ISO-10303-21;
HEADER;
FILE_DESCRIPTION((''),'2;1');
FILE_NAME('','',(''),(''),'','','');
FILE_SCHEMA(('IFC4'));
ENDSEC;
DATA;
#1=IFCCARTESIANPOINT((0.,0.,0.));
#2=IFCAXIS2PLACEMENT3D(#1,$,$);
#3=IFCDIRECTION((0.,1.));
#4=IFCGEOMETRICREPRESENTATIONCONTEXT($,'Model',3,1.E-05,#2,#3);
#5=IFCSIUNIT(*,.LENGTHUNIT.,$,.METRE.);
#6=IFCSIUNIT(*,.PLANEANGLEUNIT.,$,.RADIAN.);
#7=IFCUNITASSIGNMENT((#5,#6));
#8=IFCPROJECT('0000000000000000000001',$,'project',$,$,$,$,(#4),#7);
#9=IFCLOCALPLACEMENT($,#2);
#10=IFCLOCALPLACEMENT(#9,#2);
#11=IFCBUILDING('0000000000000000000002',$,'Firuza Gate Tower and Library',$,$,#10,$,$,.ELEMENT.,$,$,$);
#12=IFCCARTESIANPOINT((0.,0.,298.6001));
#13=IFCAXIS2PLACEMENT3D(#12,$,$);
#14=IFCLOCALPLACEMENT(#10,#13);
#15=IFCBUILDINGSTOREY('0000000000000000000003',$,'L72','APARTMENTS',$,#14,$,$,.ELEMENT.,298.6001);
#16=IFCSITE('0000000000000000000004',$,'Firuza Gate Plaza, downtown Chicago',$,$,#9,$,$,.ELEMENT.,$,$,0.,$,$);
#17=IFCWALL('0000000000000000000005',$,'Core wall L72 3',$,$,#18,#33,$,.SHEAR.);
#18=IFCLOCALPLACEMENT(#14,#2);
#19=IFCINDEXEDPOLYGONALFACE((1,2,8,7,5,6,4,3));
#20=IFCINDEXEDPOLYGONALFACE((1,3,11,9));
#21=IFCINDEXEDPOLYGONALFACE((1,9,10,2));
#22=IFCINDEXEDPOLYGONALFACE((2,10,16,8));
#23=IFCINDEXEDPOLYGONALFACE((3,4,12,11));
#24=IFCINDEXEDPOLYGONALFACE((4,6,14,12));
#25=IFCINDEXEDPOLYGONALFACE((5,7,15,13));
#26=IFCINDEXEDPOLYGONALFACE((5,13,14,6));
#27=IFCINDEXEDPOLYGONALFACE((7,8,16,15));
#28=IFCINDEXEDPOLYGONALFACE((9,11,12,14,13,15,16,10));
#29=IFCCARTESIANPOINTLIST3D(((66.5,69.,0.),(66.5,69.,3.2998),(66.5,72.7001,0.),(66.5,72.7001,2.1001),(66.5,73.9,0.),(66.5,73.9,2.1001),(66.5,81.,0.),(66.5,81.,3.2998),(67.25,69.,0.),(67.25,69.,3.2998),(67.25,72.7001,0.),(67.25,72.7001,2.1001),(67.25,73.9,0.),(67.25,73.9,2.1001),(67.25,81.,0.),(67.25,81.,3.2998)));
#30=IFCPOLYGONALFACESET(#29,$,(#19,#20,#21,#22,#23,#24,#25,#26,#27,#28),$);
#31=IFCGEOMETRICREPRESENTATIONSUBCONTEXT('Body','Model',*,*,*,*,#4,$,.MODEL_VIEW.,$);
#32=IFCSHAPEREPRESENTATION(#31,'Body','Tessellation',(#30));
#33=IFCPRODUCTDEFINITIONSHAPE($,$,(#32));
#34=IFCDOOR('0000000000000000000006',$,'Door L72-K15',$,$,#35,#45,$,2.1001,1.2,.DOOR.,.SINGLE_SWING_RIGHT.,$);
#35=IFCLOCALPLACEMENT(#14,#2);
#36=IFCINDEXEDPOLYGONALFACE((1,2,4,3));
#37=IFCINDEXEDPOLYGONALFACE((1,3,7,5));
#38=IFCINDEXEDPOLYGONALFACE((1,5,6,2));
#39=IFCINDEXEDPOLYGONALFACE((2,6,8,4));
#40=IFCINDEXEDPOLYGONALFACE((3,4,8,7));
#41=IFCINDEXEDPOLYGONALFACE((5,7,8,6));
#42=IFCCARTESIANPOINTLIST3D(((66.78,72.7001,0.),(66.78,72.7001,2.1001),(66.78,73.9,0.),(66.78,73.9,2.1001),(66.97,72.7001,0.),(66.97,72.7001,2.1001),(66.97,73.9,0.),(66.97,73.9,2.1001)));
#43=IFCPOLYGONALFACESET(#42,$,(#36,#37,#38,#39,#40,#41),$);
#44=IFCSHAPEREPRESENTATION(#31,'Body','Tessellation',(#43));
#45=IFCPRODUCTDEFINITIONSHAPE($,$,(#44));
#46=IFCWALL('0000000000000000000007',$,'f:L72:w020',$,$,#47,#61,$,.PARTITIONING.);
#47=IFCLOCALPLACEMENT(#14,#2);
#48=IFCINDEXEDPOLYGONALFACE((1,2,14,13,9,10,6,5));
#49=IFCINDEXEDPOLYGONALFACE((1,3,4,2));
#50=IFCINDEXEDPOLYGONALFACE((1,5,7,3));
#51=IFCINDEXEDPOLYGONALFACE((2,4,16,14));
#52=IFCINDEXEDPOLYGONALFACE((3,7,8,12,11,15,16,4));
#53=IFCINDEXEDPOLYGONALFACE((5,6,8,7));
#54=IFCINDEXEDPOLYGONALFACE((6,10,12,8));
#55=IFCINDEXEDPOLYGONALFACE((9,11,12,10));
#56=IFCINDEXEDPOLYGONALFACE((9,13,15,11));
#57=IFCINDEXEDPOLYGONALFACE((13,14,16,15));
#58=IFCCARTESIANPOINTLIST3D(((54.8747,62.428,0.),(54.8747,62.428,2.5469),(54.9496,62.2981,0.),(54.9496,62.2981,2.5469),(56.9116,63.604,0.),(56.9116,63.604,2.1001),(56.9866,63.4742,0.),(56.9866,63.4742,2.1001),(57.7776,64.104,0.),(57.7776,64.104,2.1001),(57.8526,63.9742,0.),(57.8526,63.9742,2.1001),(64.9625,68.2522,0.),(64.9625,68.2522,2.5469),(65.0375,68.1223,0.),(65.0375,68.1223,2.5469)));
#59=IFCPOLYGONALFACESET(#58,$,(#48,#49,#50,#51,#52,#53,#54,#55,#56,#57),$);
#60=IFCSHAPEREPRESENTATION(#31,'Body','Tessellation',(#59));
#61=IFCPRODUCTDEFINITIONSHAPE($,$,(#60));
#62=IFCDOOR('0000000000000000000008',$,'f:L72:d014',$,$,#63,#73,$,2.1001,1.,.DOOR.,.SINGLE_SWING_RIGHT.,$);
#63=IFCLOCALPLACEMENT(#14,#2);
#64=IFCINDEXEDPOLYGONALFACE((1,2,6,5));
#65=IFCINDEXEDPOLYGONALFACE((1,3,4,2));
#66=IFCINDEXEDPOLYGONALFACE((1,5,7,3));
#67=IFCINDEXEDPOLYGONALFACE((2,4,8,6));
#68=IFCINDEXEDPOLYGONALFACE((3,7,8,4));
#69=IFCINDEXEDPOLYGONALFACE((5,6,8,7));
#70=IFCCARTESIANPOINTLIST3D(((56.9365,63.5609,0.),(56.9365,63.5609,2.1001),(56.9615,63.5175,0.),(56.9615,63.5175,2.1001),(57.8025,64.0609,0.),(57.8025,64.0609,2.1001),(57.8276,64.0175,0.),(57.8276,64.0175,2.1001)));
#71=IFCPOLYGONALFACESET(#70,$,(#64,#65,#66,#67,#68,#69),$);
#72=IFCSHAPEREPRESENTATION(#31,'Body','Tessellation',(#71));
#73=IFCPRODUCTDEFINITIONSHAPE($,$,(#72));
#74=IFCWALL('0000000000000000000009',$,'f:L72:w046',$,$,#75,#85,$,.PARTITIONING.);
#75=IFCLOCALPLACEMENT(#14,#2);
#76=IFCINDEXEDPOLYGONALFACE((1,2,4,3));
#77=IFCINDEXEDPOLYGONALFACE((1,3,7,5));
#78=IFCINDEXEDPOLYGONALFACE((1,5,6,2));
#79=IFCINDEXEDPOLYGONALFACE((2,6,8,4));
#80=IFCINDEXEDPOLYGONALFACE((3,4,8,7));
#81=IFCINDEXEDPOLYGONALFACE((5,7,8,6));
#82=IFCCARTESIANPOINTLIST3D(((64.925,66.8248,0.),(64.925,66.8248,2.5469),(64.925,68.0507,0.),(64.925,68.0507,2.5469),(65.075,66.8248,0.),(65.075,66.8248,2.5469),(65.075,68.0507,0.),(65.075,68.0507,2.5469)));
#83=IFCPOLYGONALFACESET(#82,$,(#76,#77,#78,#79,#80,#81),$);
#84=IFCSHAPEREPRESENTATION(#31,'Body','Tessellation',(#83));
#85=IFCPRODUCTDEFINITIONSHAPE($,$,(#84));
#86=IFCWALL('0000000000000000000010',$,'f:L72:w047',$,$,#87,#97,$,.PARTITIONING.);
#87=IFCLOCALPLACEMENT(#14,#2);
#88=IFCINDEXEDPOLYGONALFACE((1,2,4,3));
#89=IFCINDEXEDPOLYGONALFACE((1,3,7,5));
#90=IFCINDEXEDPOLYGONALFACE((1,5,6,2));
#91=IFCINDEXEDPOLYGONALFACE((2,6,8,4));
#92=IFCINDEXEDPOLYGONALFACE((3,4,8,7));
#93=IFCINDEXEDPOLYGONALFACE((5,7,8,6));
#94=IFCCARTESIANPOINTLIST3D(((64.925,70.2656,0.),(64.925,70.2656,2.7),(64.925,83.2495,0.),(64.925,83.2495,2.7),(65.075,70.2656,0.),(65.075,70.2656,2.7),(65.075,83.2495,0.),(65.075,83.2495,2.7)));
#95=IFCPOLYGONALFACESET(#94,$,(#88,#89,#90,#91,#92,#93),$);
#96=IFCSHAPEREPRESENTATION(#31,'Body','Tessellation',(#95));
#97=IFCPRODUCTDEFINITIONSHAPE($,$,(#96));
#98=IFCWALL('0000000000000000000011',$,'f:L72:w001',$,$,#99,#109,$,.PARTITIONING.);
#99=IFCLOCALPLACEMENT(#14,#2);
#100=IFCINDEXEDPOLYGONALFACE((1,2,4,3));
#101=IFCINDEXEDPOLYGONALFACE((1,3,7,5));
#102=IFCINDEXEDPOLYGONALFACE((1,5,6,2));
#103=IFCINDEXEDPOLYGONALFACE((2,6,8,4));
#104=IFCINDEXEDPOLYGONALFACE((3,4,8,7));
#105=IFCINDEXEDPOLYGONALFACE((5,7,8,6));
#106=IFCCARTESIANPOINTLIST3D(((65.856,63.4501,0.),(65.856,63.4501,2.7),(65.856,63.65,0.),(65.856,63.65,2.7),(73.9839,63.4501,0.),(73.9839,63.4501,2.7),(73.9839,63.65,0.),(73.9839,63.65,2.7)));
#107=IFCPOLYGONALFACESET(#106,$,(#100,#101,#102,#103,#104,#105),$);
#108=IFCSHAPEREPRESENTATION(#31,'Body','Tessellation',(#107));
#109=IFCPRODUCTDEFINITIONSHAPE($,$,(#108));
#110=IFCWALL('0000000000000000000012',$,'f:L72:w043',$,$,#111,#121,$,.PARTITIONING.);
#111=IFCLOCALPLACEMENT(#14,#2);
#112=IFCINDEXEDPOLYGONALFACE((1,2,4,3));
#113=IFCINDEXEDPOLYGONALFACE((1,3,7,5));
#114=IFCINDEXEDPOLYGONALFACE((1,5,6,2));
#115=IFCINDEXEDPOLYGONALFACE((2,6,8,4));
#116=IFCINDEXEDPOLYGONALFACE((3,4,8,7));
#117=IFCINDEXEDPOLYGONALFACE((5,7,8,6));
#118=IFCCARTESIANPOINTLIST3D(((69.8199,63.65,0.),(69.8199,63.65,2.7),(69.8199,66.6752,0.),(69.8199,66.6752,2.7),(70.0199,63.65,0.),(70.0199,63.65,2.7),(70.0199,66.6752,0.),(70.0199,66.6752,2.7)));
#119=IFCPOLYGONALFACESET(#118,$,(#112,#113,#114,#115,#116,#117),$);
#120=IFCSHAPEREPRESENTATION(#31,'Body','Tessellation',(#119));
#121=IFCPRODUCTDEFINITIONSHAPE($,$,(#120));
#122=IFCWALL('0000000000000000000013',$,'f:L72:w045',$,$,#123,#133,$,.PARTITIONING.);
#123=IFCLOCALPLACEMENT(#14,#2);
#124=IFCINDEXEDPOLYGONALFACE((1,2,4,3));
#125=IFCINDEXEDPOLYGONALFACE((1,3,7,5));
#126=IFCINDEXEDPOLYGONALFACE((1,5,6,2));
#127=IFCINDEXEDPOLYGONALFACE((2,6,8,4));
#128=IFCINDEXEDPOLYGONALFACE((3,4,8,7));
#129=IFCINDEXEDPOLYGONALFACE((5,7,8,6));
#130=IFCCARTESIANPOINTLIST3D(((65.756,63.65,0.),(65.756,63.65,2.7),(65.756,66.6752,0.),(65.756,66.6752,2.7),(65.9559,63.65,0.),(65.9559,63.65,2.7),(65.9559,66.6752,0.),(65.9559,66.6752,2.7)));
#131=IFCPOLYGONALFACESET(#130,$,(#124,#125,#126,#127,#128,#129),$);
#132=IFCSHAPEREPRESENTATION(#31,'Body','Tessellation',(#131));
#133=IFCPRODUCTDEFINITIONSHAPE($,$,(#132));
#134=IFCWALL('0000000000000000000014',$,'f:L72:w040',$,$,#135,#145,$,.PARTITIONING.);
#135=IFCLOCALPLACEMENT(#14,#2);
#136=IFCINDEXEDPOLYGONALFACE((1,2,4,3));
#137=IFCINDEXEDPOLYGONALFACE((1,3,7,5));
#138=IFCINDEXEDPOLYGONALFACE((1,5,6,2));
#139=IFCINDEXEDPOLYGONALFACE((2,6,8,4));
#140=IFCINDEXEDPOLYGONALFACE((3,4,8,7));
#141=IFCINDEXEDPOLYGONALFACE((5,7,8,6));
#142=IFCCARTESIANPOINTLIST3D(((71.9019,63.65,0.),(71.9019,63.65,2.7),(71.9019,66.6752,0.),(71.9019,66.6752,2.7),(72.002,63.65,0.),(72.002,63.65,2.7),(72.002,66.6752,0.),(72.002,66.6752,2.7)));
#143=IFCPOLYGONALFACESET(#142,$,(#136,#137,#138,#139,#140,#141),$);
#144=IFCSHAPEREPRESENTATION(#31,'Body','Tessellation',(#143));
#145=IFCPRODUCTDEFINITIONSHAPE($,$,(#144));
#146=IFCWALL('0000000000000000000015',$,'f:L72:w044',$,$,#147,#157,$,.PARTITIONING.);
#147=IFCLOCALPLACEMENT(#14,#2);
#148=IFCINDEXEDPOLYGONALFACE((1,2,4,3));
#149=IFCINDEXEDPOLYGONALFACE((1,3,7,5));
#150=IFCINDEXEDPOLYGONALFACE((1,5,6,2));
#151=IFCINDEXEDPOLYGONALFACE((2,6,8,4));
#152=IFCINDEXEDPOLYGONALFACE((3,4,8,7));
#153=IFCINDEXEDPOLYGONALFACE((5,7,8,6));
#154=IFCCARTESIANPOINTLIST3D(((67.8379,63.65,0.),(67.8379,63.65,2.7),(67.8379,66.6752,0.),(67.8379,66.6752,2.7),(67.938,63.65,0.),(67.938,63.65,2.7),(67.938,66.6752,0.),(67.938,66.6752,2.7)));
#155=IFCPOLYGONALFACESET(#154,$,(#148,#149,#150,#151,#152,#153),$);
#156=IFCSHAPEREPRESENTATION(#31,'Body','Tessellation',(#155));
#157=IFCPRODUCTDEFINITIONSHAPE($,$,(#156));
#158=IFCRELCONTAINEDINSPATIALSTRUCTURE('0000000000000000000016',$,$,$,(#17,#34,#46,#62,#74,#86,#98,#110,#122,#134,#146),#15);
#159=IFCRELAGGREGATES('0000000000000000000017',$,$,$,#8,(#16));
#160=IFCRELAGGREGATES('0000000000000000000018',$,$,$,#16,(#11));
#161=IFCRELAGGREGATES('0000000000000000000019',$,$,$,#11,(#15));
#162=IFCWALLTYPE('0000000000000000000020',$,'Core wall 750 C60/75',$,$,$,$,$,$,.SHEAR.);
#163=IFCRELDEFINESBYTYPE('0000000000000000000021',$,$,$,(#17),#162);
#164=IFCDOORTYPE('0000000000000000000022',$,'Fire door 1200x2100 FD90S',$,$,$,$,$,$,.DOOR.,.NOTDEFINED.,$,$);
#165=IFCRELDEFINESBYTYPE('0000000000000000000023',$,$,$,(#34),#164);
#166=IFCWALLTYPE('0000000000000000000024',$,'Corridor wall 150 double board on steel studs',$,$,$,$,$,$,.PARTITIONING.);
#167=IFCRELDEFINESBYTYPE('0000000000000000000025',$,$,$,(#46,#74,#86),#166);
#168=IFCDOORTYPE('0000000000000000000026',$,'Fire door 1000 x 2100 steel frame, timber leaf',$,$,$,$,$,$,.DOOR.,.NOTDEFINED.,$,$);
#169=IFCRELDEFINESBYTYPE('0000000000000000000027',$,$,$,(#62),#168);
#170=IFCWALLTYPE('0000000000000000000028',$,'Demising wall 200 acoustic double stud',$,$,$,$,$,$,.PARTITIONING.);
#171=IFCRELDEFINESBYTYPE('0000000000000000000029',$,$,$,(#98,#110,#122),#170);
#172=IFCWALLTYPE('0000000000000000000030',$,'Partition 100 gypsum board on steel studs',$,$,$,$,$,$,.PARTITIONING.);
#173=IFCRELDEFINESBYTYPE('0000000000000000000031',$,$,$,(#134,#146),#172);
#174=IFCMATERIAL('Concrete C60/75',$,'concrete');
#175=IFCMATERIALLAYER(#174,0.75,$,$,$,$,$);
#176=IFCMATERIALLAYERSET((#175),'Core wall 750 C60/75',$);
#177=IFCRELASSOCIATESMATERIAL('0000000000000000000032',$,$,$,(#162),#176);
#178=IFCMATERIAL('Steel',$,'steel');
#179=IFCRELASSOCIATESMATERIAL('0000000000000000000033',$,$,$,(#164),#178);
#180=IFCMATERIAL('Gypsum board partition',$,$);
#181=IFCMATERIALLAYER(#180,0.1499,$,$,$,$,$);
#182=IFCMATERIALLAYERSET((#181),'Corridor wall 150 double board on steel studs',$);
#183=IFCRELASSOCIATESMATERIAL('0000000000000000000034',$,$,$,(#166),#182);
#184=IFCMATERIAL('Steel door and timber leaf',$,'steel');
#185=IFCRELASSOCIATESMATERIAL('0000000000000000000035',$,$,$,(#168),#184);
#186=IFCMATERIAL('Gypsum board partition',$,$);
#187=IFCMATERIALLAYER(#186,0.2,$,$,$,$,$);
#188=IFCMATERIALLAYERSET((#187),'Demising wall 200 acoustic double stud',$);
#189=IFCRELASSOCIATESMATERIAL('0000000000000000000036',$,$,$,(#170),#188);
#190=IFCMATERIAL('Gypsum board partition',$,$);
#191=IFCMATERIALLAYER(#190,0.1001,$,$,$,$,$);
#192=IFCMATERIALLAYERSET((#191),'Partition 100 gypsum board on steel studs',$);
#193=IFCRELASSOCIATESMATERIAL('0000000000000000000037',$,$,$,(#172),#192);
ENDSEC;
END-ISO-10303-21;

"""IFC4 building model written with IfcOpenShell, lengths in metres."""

from ifc_helpers import new_model, si_unit, direction, frame, frame_2d, origin, place, context, subcontext, project, spatial, rectangle, extrude, material, layer, layer_set, type_object, element, fill, save


model = new_model("IFC4")

# Units and contexts
model_context = context("Model", 3, precision=1e-05, world=origin(), true_north=direction((0.0, 1.0)))
body_context = subcontext(model_context, "Body", "Model", "MODEL_VIEW")
ifc_project = project(units=[si_unit("LENGTHUNIT", "METRE"), si_unit("PLANEANGLEUNIT", "RADIAN")], contexts=[model_context])

# Site, building, storey
site_placement = place(None, origin())
site = spatial("IfcSite", under=ifc_project, at=site_placement, Name="Firuza Gate Plaza, downtown Chicago", CompositionType="ELEMENT", RefElevation=0.0)
building_placement = place(site_placement, origin())
building = spatial("IfcBuilding", under=site, at=building_placement, Name="Firuza Gate Tower and Library", CompositionType="ELEMENT")
storey_placement = place(building_placement, frame((0.0, 0.0, 298.6001)))
storey = spatial("IfcBuildingStorey", under=building, at=storey_placement, Name="L72", Description="APARTMENTS", CompositionType="ELEMENT", Elevation=298.6001)

# Walls, openings, doors
ifc_material_1 = material(Name="Concrete C60/75", Category="concrete")
ifc_layer_1 = layer(ifc_material_1, 0.75)
ifc_layer_set_1 = layer_set([ifc_layer_1], Name="Core wall 750 C60/75")
wall_type_1 = type_object("IfcWallType", Name="Core wall 750 C60/75", PredefinedType="SHEAR", material=ifc_layer_set_1)
wall_1_placement = place(storey_placement, frame((66.875, 69.0, 0.0), z_axis=(0.0, 0.0, 1.0), x_axis=(0.0, 1.0, 0.0)))
wall_1 = element("IfcWall", 1, at=wall_1_placement, inside=storey, type_object=wall_type_1, Name="Core wall L72 3", PredefinedType="SHEAR", context=body_context, shape_type="SweptSolid", body=[
    extrude(rectangle(XDim=12.0, YDim=0.75, at=frame_2d((6.0, 0.0))), origin(), (0.0, 0.0, 1.0), 3.2998),
])
opening_1_placement = place(wall_1_placement, frame((3.7, 0.0, 0.0)))
opening_1 = element("IfcOpeningElement", 2, at=opening_1_placement, cuts=wall_1, PredefinedType="OPENING", context=body_context, shape_type="SweptSolid", body=[
    extrude(rectangle(XDim=1.2, YDim=2.1001, at=frame_2d((0.6001, 1.05))), frame((0.0, 0.385, 0.0), z_axis=(0.0, -1.0, 0.0), x_axis=(1.0, 0.0, 0.0)), (0.0, 0.0, 1.0), 0.77),
])
ifc_material_2 = material(Name="Steel", Category="steel")
door_type_1 = type_object("IfcDoorType", Name="Fire door 1200x2100 FD90S", OperationType="NOTDEFINED", PredefinedType="DOOR", material=ifc_material_2)
door_1_placement = place(opening_1_placement, origin())
door_1 = element("IfcDoor", 3, at=door_1_placement, inside=storey, type_object=door_type_1, Name="Door L72-K15", OperationType="SINGLE_SWING_RIGHT", OverallHeight=2.1001, OverallWidth=1.2, PredefinedType="DOOR", context=body_context, shape_type="SweptSolid", body=[
    extrude(rectangle(XDim=1.2, YDim=2.1001, at=frame_2d((0.6001, 1.05))), frame((0.0, 0.095, 0.0), z_axis=(0.0, -1.0, 0.0), x_axis=(1.0, 0.0, 0.0)), (0.0, 0.0, 1.0), 0.1899),
])
fill(opening_1, door_1)
ifc_material_3 = material(Name="Gypsum board partition")
ifc_layer_2 = layer(ifc_material_3, 0.1499)
ifc_layer_set_2 = layer_set([ifc_layer_2], Name="Corridor wall 150 double board on steel studs")
wall_type_2 = type_object("IfcWallType", Name="Corridor wall 150 double board on steel studs", PredefinedType="PARTITIONING", material=ifc_layer_set_2)
wall_2_placement = place(storey_placement, frame((65.0, 68.1873, 0.0), z_axis=(0.0, 0.0, 1.0), x_axis=(-0.866026, -0.499998, 0.0)))
wall_2 = element("IfcWall", 4, at=wall_2_placement, inside=storey, type_object=wall_type_2, Name="f:L72:w020", PredefinedType="PARTITIONING", context=body_context, shape_type="SweptSolid", body=[
    extrude(rectangle(XDim=11.6484, YDim=0.1499, at=frame_2d((5.8242, 0.0))), origin(), (0.0, 0.0, 1.0), 2.5469),
])
opening_2_placement = place(wall_2_placement, frame((8.2964, 0.0, 0.0)))
opening_2 = element("IfcOpeningElement", 5, at=opening_2_placement, cuts=wall_2, PredefinedType="OPENING", context=body_context, shape_type="SweptSolid", body=[
    extrude(rectangle(XDim=1.0, YDim=2.1001, at=frame_2d((0.5, 1.05))), frame((0.0, 0.085, 0.0), z_axis=(0.0, -1.0, 0.0), x_axis=(1.0, 0.0, 0.0)), (0.0, 0.0, 1.0), 0.1699),
])
ifc_material_4 = material(Name="Steel door and timber leaf", Category="steel")
door_type_2 = type_object("IfcDoorType", Name="Fire door 1000 x 2100 steel frame, timber leaf", OperationType="NOTDEFINED", PredefinedType="DOOR", material=ifc_material_4)
door_2_placement = place(opening_2_placement, origin())
door_2 = element("IfcDoor", 6, at=door_2_placement, inside=storey, type_object=door_type_2, Name="f:L72:d014", OperationType="SINGLE_SWING_RIGHT", OverallHeight=2.1001, OverallWidth=1.0, PredefinedType="DOOR", context=body_context, shape_type="SweptSolid", body=[
    extrude(rectangle(XDim=1.0, YDim=2.1001, at=frame_2d((0.5, 1.05))), frame((0.0, 0.0249, 0.0), z_axis=(0.0, -1.0, 0.0), x_axis=(1.0, 0.0, 0.0)), (0.0, 0.0, 1.0), 0.05),
])
fill(opening_2, door_2)

# Walls
wall_3_placement = place(storey_placement, frame((65.0, 66.825, 0.0), z_axis=(0.0, 0.0, 1.0), x_axis=(0.0, 1.0, 0.0)))
element("IfcWall", 7, at=wall_3_placement, inside=storey, type_object=wall_type_2, Name="f:L72:w046", PredefinedType="PARTITIONING", context=body_context, shape_type="SweptSolid", body=[
    extrude(rectangle(XDim=1.2258, YDim=0.1499, at=frame_2d((0.6128, 0.0))), origin(), (0.0, 0.0, 1.0), 2.5469),
])
wall_4_placement = place(storey_placement, frame((65.0, 70.2656, 0.0), z_axis=(0.0, 0.0, 1.0), x_axis=(0.0, 1.0, 0.0)))
element("IfcWall", 8, at=wall_4_placement, inside=storey, type_object=wall_type_2, Name="f:L72:w047", PredefinedType="PARTITIONING", context=body_context, shape_type="SweptSolid", body=[
    extrude(rectangle(XDim=12.9839, YDim=0.1499, at=frame_2d((6.4919, 0.0))), origin(), (0.0, 0.0, 1.0), 2.7),
])
ifc_material_5 = material(Name="Gypsum board partition")
ifc_layer_3 = layer(ifc_material_5, 0.2)
ifc_layer_set_3 = layer_set([ifc_layer_3], Name="Demising wall 200 acoustic double stud")
wall_type_3 = type_object("IfcWallType", Name="Demising wall 200 acoustic double stud", PredefinedType="PARTITIONING", material=ifc_layer_set_3)
wall_5_placement = place(storey_placement, frame((65.856, 63.55, 0.0), z_axis=(0.0, 0.0, 1.0), x_axis=(1.0, 0.0, 0.0)))
element("IfcWall", 9, at=wall_5_placement, inside=storey, type_object=wall_type_3, Name="f:L72:w001", PredefinedType="PARTITIONING", context=body_context, shape_type="SweptSolid", body=[
    extrude(rectangle(XDim=8.1279, YDim=0.2, at=frame_2d((4.064, 0.0))), origin(), (0.0, 0.0, 1.0), 2.7),
])
for number, where, z_axis, x_axis, name in (
    (10, (69.9199, 63.6499, 0.0), (0.0, 0.0, 1.0), (0.0, 1.0, 0.0), "f:L72:w043"),
    (11, (65.856, 63.6499, 0.0), (0.0, 0.0, 1.0), (0.0, 1.0, 0.0), "f:L72:w045"),
):
    element("IfcWall", number, at=place(storey_placement, frame(where, z_axis=z_axis, x_axis=x_axis)), inside=storey, type_object=wall_type_3, Name=name, PredefinedType="PARTITIONING", context=body_context, shape_type="SweptSolid", body=[
        extrude(rectangle(XDim=3.0251, YDim=0.2, at=frame_2d((1.5127, 0.0))), origin(), (0.0, 0.0, 1.0), 2.7),
    ])
ifc_material_6 = material(Name="Gypsum board partition")
ifc_layer_4 = layer(ifc_material_6, 0.1001)
ifc_layer_set_4 = layer_set([ifc_layer_4], Name="Partition 100 gypsum board on steel studs")
wall_type_4 = type_object("IfcWallType", Name="Partition 100 gypsum board on steel studs", PredefinedType="PARTITIONING", material=ifc_layer_set_4)
for number, where, z_axis, x_axis, name in (
    (12, (71.9519, 63.6499, 0.0), (0.0, 0.0, 1.0), (0.0, 1.0, 0.0), "f:L72:w040"),
    (13, (67.8879, 63.6499, 0.0), (0.0, 0.0, 1.0), (0.0, 1.0, 0.0), "f:L72:w044"),
):
    element("IfcWall", number, at=place(storey_placement, frame(where, z_axis=z_axis, x_axis=x_axis)), inside=storey, type_object=wall_type_4, Name=name, PredefinedType="PARTITIONING", context=body_context, shape_type="SweptSolid", body=[
        extrude(rectangle(XDim=3.0251, YDim=0.1001, at=frame_2d((1.5127, 0.0))), origin(), (0.0, 0.0, 1.0), 2.7),
    ])

save(model, "model.ifc")
